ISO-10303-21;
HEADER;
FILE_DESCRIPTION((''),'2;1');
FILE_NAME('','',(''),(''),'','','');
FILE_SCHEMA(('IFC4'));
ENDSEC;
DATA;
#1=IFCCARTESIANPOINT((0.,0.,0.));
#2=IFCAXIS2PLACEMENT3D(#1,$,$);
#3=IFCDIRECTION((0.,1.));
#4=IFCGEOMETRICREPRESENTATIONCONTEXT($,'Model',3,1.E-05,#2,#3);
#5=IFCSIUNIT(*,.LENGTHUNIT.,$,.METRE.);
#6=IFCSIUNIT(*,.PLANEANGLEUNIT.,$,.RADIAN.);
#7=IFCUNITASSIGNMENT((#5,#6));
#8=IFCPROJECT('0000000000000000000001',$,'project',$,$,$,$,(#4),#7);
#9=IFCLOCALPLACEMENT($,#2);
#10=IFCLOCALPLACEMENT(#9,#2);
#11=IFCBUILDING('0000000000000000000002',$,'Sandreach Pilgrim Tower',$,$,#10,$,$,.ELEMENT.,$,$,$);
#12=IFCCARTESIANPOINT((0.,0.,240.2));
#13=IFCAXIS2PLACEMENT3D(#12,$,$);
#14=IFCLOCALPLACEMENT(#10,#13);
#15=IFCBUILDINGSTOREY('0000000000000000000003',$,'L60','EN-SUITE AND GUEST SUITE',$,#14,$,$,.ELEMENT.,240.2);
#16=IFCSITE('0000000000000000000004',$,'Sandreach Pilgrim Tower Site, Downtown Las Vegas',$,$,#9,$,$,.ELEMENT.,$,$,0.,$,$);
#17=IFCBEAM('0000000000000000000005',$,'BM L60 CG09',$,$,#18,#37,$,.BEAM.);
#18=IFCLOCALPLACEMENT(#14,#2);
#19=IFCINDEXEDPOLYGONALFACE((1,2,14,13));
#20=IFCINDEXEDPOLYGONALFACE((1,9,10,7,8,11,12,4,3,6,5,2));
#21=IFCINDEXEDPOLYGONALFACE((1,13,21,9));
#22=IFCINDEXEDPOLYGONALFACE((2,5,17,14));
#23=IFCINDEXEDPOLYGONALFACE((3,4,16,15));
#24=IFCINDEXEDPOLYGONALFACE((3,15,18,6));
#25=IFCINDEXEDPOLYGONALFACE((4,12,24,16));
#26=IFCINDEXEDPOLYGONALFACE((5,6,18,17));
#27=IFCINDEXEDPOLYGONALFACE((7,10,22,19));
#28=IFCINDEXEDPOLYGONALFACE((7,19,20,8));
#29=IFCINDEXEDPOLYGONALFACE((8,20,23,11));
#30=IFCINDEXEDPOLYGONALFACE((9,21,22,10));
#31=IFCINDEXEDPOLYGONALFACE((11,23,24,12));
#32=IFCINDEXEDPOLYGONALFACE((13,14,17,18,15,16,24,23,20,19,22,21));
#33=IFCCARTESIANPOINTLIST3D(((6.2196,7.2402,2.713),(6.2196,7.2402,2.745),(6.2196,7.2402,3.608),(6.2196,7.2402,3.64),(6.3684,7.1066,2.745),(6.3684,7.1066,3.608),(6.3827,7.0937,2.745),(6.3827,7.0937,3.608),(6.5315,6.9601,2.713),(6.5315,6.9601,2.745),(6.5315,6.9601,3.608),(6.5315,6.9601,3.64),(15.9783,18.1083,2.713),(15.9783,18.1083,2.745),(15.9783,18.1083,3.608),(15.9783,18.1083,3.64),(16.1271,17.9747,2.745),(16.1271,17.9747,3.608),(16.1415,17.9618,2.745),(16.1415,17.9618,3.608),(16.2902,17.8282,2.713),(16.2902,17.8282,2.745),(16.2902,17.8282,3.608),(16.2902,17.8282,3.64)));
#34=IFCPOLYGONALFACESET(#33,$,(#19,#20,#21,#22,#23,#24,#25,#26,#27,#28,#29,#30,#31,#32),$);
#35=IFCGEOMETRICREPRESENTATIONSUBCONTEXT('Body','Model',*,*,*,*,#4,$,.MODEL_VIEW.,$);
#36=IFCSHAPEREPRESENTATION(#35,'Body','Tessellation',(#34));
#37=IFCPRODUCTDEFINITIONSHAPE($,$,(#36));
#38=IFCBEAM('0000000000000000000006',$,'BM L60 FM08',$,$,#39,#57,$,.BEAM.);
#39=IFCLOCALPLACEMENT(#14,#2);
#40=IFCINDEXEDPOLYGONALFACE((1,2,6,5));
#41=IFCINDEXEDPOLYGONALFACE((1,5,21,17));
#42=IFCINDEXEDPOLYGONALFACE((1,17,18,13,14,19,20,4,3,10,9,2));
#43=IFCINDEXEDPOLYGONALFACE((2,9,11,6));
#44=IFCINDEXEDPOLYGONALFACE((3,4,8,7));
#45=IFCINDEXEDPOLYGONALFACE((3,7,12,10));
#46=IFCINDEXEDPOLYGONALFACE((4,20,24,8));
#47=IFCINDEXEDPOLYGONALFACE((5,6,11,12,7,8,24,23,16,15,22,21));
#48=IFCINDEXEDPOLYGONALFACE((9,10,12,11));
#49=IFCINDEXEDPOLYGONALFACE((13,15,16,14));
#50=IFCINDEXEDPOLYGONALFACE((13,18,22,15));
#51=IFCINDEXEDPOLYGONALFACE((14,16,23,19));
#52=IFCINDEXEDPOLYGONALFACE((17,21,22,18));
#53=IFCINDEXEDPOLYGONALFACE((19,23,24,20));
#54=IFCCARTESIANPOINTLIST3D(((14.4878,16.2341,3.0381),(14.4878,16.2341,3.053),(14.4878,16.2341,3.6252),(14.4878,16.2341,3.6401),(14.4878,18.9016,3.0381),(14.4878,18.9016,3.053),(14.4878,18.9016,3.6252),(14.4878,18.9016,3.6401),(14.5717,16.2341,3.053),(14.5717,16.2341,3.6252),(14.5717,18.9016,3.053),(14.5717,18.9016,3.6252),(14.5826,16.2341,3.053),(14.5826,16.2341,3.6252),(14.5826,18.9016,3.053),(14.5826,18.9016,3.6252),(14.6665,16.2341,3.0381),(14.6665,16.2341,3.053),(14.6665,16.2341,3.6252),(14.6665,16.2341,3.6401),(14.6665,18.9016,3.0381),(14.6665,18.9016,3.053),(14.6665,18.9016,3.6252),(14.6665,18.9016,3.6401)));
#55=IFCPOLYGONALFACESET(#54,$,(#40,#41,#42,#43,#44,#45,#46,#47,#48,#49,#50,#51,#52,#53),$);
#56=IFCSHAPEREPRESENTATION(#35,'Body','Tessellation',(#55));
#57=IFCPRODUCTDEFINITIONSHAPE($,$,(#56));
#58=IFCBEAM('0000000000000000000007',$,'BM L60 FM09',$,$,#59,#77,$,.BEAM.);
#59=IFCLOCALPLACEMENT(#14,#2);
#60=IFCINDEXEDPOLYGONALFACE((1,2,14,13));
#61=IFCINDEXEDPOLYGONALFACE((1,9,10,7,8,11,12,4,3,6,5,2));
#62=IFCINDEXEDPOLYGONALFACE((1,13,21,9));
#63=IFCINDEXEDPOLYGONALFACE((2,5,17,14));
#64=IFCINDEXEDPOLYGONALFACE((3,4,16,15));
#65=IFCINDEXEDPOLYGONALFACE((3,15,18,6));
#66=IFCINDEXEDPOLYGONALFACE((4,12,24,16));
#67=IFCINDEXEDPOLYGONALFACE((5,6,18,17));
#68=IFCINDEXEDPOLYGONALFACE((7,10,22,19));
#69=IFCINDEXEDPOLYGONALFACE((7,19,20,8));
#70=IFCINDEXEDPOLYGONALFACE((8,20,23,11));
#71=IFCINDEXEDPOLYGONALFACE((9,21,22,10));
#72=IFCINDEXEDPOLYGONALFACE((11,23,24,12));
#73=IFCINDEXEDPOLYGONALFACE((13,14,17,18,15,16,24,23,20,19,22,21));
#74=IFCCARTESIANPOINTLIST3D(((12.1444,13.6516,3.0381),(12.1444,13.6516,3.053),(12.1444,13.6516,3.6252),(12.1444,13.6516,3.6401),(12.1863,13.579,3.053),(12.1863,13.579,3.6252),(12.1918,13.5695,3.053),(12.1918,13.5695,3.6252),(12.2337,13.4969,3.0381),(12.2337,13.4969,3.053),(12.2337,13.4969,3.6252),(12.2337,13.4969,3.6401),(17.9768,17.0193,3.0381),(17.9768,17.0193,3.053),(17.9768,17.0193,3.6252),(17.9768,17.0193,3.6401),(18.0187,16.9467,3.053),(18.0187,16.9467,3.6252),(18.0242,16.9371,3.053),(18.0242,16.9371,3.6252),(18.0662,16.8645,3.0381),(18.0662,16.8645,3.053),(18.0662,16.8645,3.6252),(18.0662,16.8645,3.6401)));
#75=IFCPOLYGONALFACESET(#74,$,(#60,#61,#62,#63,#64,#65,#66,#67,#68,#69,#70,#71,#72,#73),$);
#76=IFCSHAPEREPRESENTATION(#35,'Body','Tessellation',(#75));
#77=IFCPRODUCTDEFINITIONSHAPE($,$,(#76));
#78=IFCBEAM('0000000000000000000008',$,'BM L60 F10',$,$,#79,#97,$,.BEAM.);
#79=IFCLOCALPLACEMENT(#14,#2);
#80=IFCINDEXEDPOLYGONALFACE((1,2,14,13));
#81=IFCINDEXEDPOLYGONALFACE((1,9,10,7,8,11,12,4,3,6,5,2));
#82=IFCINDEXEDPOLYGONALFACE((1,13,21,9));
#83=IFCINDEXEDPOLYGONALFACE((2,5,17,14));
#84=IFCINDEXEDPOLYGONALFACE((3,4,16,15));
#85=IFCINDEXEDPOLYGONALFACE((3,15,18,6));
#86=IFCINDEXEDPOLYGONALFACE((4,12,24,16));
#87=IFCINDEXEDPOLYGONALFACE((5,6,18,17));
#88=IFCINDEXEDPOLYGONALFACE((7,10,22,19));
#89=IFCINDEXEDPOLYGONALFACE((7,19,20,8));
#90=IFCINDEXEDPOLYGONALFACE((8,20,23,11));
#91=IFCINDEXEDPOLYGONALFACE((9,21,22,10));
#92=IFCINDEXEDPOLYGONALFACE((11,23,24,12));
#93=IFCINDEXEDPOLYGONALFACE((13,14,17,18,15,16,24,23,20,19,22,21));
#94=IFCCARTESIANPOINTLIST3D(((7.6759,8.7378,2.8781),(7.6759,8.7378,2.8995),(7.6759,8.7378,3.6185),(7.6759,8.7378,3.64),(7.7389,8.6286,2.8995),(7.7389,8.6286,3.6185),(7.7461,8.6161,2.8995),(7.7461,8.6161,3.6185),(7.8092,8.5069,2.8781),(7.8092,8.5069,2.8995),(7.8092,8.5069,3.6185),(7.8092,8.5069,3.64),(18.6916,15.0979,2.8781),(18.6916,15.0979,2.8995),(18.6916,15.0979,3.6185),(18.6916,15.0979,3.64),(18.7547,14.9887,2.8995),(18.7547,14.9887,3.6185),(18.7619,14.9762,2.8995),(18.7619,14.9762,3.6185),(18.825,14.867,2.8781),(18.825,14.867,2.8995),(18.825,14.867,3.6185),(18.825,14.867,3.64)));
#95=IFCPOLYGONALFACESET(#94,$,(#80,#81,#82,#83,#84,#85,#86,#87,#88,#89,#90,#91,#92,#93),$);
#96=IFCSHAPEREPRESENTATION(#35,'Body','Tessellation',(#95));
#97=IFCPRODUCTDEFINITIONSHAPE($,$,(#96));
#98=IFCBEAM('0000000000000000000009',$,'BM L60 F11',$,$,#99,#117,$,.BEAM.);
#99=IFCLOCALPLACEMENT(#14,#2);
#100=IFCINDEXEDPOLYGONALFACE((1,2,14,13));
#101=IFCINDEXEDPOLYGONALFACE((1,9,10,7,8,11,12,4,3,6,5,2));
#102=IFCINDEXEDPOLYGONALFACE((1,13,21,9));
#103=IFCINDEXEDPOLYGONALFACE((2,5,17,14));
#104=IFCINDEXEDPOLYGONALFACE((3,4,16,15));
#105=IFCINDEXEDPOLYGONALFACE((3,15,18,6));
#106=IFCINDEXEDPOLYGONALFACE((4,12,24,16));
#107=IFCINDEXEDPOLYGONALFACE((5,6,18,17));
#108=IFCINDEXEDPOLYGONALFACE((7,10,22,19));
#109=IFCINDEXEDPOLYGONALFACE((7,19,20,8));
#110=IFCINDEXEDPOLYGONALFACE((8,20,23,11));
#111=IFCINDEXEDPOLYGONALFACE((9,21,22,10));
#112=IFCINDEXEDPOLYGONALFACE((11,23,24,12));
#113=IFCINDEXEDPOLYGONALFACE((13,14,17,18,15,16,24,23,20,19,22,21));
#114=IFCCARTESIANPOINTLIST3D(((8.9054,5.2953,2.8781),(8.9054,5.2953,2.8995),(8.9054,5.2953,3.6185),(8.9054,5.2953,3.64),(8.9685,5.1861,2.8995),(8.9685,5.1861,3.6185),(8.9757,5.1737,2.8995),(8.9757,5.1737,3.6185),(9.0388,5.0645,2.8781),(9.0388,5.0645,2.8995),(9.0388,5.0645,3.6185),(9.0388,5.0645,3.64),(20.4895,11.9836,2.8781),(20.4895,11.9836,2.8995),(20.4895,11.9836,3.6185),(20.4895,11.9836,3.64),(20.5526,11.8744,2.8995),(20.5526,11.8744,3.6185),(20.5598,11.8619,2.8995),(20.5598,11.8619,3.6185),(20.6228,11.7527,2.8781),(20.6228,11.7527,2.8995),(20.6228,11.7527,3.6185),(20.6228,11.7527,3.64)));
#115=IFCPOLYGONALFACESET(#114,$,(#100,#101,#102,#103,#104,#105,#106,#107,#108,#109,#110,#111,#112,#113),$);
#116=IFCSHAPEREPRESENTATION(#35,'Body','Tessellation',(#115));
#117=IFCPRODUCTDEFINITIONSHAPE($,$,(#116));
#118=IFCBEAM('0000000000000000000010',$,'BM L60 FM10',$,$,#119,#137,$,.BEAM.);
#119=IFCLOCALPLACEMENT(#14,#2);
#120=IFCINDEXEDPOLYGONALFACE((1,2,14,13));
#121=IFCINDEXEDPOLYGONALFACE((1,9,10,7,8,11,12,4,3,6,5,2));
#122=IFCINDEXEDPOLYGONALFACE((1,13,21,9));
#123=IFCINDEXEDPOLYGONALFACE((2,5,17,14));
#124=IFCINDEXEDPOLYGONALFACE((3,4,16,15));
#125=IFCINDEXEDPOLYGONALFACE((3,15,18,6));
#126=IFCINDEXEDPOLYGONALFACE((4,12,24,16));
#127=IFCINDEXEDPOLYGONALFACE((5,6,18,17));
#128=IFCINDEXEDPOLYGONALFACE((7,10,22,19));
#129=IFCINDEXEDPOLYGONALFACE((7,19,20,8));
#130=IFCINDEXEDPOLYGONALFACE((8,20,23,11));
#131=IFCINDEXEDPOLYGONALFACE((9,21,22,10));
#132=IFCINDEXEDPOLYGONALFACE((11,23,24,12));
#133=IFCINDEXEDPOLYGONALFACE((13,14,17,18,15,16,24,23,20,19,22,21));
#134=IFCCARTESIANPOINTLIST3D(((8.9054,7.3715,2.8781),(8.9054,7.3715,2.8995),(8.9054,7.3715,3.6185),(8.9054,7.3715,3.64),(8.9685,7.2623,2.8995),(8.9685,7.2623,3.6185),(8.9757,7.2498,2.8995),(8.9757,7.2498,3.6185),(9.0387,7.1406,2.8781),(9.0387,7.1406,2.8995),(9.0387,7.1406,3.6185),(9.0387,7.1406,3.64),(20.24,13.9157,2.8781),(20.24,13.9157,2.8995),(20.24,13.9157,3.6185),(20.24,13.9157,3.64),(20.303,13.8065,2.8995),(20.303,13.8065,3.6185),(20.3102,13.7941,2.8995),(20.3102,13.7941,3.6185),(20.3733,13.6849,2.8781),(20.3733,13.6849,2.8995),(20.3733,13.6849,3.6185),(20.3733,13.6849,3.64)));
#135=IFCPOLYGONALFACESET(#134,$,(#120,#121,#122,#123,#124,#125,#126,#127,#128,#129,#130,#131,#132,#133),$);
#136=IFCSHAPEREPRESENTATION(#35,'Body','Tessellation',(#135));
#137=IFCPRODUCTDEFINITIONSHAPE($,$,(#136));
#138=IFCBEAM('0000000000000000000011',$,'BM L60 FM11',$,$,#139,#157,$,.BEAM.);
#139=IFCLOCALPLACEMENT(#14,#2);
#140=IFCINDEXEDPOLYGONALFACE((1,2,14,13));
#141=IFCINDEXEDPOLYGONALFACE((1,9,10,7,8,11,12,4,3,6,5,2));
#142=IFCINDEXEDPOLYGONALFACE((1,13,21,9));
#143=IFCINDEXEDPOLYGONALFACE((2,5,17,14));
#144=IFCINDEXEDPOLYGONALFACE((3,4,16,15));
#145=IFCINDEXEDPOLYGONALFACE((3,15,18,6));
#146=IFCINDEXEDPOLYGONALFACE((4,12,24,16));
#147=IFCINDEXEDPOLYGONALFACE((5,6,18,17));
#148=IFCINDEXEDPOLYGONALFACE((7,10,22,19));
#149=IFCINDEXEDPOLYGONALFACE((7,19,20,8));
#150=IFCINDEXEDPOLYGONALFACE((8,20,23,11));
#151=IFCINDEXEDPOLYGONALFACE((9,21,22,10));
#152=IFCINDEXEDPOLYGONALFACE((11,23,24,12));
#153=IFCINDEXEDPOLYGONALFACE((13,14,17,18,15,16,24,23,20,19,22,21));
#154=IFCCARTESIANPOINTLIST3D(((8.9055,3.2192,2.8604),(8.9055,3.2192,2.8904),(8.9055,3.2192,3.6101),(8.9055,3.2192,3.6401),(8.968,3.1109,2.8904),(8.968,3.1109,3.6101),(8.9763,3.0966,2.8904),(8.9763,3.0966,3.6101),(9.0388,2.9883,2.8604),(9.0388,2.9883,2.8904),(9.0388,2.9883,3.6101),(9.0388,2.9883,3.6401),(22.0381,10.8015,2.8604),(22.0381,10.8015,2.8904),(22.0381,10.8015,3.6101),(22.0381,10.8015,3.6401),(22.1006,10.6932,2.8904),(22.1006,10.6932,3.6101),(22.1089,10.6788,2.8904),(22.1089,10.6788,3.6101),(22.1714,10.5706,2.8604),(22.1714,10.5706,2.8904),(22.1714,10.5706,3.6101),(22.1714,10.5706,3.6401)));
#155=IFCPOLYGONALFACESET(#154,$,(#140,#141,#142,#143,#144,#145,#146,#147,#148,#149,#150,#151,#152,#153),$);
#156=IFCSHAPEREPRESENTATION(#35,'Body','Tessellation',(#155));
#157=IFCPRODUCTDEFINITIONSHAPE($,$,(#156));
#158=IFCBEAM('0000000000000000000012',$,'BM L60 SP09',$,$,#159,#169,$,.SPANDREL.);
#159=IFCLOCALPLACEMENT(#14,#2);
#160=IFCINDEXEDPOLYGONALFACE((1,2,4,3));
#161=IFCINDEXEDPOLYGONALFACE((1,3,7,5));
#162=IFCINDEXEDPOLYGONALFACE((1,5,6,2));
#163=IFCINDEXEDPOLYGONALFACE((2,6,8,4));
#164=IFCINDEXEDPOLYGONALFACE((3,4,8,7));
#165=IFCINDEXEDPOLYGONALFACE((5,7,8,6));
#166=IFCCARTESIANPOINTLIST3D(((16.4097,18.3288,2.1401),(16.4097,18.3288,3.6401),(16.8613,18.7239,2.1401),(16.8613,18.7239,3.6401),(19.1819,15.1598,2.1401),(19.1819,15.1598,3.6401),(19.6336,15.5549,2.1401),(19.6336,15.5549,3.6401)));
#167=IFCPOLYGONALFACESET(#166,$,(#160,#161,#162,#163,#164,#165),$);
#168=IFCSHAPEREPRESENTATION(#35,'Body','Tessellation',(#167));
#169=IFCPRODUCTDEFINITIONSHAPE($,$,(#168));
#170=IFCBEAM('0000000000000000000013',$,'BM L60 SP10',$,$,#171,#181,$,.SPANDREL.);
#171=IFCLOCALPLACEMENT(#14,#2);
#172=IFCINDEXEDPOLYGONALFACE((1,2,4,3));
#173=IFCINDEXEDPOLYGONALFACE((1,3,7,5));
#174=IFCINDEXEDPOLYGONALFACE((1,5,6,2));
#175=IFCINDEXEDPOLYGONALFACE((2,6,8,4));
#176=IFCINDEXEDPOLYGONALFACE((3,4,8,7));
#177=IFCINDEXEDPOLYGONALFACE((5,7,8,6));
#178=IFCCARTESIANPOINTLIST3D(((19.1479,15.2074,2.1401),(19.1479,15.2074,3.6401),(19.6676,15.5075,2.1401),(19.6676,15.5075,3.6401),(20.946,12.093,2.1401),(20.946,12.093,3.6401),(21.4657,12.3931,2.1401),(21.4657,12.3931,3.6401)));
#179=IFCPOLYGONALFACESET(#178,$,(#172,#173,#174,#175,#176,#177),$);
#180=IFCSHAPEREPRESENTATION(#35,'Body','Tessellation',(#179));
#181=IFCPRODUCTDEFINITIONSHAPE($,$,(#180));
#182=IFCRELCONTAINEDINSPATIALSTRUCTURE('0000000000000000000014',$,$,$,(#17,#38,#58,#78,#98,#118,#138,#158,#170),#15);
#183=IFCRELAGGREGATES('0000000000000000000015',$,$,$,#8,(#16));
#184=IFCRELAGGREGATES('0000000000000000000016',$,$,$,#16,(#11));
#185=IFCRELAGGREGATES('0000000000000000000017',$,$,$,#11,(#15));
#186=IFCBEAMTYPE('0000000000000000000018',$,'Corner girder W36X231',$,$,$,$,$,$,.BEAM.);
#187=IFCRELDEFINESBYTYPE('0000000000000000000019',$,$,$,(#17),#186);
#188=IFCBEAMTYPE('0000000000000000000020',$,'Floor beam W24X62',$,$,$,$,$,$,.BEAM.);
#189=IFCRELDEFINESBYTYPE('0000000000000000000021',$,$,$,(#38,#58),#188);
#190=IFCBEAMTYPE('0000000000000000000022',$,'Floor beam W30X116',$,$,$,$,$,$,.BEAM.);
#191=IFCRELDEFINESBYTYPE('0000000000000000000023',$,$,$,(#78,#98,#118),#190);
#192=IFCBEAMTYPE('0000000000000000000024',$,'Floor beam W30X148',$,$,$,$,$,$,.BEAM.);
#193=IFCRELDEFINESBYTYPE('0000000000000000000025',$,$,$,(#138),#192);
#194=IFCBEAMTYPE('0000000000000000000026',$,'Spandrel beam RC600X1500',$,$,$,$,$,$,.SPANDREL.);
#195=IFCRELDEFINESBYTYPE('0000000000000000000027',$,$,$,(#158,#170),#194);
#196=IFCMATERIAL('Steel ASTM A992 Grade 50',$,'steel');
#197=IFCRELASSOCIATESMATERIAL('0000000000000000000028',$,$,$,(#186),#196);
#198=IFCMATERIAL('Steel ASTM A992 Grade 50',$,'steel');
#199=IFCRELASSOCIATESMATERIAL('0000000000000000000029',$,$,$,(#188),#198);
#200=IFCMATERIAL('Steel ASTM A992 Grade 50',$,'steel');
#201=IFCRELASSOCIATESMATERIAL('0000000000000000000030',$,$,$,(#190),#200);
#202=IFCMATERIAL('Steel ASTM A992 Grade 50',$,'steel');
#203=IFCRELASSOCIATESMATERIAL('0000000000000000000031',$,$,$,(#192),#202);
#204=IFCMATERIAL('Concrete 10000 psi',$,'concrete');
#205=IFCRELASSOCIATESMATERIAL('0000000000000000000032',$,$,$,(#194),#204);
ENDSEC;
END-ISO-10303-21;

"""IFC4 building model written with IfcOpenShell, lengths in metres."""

from ifc_helpers import new_model, si_unit, direction, frame, origin, origin_2d, place, context, subcontext, project, spatial, rectangle, i_section, extrude, material, material_profile, profile_set, type_object, element, save


model = new_model("IFC4")

# Units and contexts
model_context = context("Model", 3, precision=1e-05, world=origin(), true_north=direction((0.0, 1.0)))
body_context = subcontext(model_context, "Body", "Model", "MODEL_VIEW")
ifc_project = project(units=[si_unit("LENGTHUNIT", "METRE"), si_unit("PLANEANGLEUNIT", "RADIAN")], contexts=[model_context])

# Site, building, storey
site_placement = place(None, origin())
site = spatial("IfcSite", under=ifc_project, at=site_placement, Name="Sandreach Pilgrim Tower Site, Downtown Las Vegas", CompositionType="ELEMENT", RefElevation=0.0)
building_placement = place(site_placement, origin())
building = spatial("IfcBuilding", under=site, at=building_placement, Name="Sandreach Pilgrim Tower", CompositionType="ELEMENT")
storey_placement = place(building_placement, frame((0.0, 0.0, 240.2)))
storey = spatial("IfcBuildingStorey", under=building, at=storey_placement, Name="L60", Description="EN-SUITE AND GUEST SUITE", CompositionType="ELEMENT", Elevation=240.2)

# Beams
ifc_material_1 = material(Name="Steel ASTM A992 Grade 50", Category="steel")
ifc_material_profile_1 = material_profile(ifc_material_1, i_section(OverallWidth=0.4192, OverallDepth=0.927, WebThickness=0.0193, FlangeThickness=0.032, at=origin_2d()), Name="W36X231")
ifc_profile_set_1 = profile_set([ifc_material_profile_1], Name="Steel ASTM A992 Grade 50")
beam_type_1 = type_object("IfcBeamType", Name="Corner girder W36X231", PredefinedType="BEAM", material=ifc_profile_set_1)
beam_1_placement = place(storey_placement, frame((16.1343, 17.9683, 3.1765), z_axis=(-0.668111, -0.744062, 0.0), x_axis=(0.744062, -0.668111, 0.0)))
element("IfcBeam", 1, at=beam_1_placement, inside=storey, type_object=beam_type_1, Name="BM L60 CG09", PredefinedType="BEAM", context=body_context, shape_type="SweptSolid", body=[
    extrude(i_section(OverallWidth=0.4192, OverallDepth=0.927, WebThickness=0.0193, FlangeThickness=0.032, at=origin_2d()), origin(), (0.0, 0.0, 1.0), 14.6064),
])
ifc_material_2 = material(Name="Steel ASTM A992 Grade 50", Category="steel")
ifc_material_profile_2 = material_profile(ifc_material_2, i_section(OverallWidth=0.1787, OverallDepth=0.6021, WebThickness=0.011, FlangeThickness=0.0149, at=origin_2d()), Name="W24X62")
ifc_profile_set_2 = profile_set([ifc_material_profile_2], Name="Steel ASTM A992 Grade 50")
beam_type_2 = type_object("IfcBeamType", Name="Floor beam W24X62", PredefinedType="BEAM", material=ifc_profile_set_2)
beam_2_placement = place(storey_placement, frame((14.5771, 18.9016, 3.3391), z_axis=(0.0, -1.0, 0.0), x_axis=(1.0, 0.0, 0.0)))
element("IfcBeam", 2, at=beam_2_placement, inside=storey, type_object=beam_type_2, Name="BM L60 FM08", PredefinedType="BEAM", context=body_context, shape_type="SweptSolid", body=[
    extrude(i_section(OverallWidth=0.1787, OverallDepth=0.6021, WebThickness=0.011, FlangeThickness=0.0149, at=origin_2d()), origin(), (0.0, 0.0, 1.0), 2.6675),
])
beam_3_placement = place(storey_placement, frame((18.0215, 16.9419, 3.3391), z_axis=(-0.866008, -0.50003, 0.0), x_axis=(0.50003, -0.866008, 0.0)))
element("IfcBeam", 3, at=beam_3_placement, inside=storey, type_object=beam_type_2, Name="BM L60 FM09", PredefinedType="BEAM", context=body_context, shape_type="SweptSolid", body=[
    extrude(i_section(OverallWidth=0.1787, OverallDepth=0.6021, WebThickness=0.011, FlangeThickness=0.0149, at=origin_2d()), origin(), (0.0, 0.0, 1.0), 6.7349),
])
ifc_material_3 = material(Name="Steel ASTM A992 Grade 50", Category="steel")
ifc_material_profile_3 = material_profile(ifc_material_3, i_section(OverallWidth=0.2666, OverallDepth=0.762, WebThickness=0.0144, FlangeThickness=0.0215, at=origin_2d()), Name="W30X116")
ifc_profile_set_3 = profile_set([ifc_material_profile_3], Name="Steel ASTM A992 Grade 50")
beam_type_3 = type_object("IfcBeamType", Name="Floor beam W30X116", PredefinedType="BEAM", material=ifc_profile_set_3)
beam_4_placement = place(storey_placement, frame((18.7583, 14.9824, 3.259), z_axis=(-0.866022, -0.500005, 0.0), x_axis=(0.500005, -0.866022, 0.0)))
element("IfcBeam", 4, at=beam_4_placement, inside=storey, type_object=beam_type_3, Name="BM L60 F10", PredefinedType="BEAM", context=body_context, shape_type="SweptSolid", body=[
    extrude(i_section(OverallWidth=0.2666, OverallDepth=0.762, WebThickness=0.0144, FlangeThickness=0.0215, at=origin_2d()), origin(), (0.0, 0.0, 1.0), 12.72),
])
beam_5_placement = place(storey_placement, frame((20.5562, 11.8682, 3.259), z_axis=(-0.866018, -0.500012, 0.0), x_axis=(0.500012, -0.866018, 0.0)))
element("IfcBeam", 5, at=beam_5_placement, inside=storey, type_object=beam_type_3, Name="BM L60 F11", PredefinedType="BEAM", context=body_context, shape_type="SweptSolid", body=[
    extrude(i_section(OverallWidth=0.2666, OverallDepth=0.762, WebThickness=0.0144, FlangeThickness=0.0215, at=origin_2d()), origin(), (0.0, 0.0, 1.0), 13.3762),
])
beam_6_placement = place(storey_placement, frame((20.3066, 13.8003, 3.259), z_axis=(-0.866018, -0.500013, 0.0), x_axis=(0.500013, -0.866018, 0.0)))
element("IfcBeam", 6, at=beam_6_placement, inside=storey, type_object=beam_type_3, Name="BM L60 FM10", PredefinedType="BEAM", context=body_context, shape_type="SweptSolid", body=[
    extrude(i_section(OverallWidth=0.2666, OverallDepth=0.762, WebThickness=0.0144, FlangeThickness=0.0215, at=origin_2d()), origin(), (0.0, 0.0, 1.0), 13.0881),
])
ifc_material_4 = material(Name="Steel ASTM A992 Grade 50", Category="steel")
ifc_material_profile_4 = material_profile(ifc_material_4, i_section(OverallWidth=0.2666, OverallDepth=0.7798, WebThickness=0.0166, FlangeThickness=0.03, at=origin_2d()), Name="W30X148")
ifc_profile_set_4 = profile_set([ifc_material_profile_4], Name="Steel ASTM A992 Grade 50")
beam_type_4 = type_object("IfcBeamType", Name="Floor beam W30X148", PredefinedType="BEAM", material=ifc_profile_set_4)
beam_7_placement = place(storey_placement, frame((22.1047, 10.686, 3.2502), z_axis=(-0.86602, -0.500009, 0.0), x_axis=(0.500009, -0.86602, 0.0)))
element("IfcBeam", 7, at=beam_7_placement, inside=storey, type_object=beam_type_4, Name="BM L60 FM11", PredefinedType="BEAM", context=body_context, shape_type="SweptSolid", body=[
    extrude(i_section(OverallWidth=0.2666, OverallDepth=0.7798, WebThickness=0.0166, FlangeThickness=0.03, at=origin_2d()), origin(), (0.0, 0.0, 1.0), 15.1643),
])
ifc_material_5 = material(Name="Concrete 10000 psi", Category="concrete")
ifc_material_profile_5 = material_profile(ifc_material_5, rectangle(XDim=0.6001, YDim=1.5, at=origin_2d()), Name="RC600X1500")
ifc_profile_set_5 = profile_set([ifc_material_profile_5], Name="Concrete 10000 psi")
beam_type_5 = type_object("IfcBeamType", Name="Spandrel beam RC600X1500", PredefinedType="SPANDREL", material=ifc_profile_set_5)
beam_8_placement = place(storey_placement, frame((16.6355, 18.5264, 2.8901), z_axis=(0.658423, -0.752649, 0.0), x_axis=(0.752649, 0.658423, 0.0)))
element("IfcBeam", 8, at=beam_8_placement, inside=storey, type_object=beam_type_5, Name="BM L60 SP09", PredefinedType="SPANDREL", context=body_context, shape_type="SweptSolid", body=[
    extrude(rectangle(XDim=0.6001, YDim=1.5, at=origin_2d()), origin(), (0.0, 0.0, 1.0), 4.2104),
])
beam_9_placement = place(storey_placement, frame((19.4077, 15.3574, 2.8901), z_axis=(0.500016, -0.866016, 0.0), x_axis=(0.866016, 0.500016, 0.0)))
element("IfcBeam", 9, at=beam_9_placement, inside=storey, type_object=beam_type_5, Name="BM L60 SP10", PredefinedType="SPANDREL", context=body_context, shape_type="SweptSolid", body=[
    extrude(rectangle(XDim=0.6001, YDim=1.5, at=origin_2d()), origin(), (0.0, 0.0, 1.0), 3.5962),
])

save(model, "model.ifc")
